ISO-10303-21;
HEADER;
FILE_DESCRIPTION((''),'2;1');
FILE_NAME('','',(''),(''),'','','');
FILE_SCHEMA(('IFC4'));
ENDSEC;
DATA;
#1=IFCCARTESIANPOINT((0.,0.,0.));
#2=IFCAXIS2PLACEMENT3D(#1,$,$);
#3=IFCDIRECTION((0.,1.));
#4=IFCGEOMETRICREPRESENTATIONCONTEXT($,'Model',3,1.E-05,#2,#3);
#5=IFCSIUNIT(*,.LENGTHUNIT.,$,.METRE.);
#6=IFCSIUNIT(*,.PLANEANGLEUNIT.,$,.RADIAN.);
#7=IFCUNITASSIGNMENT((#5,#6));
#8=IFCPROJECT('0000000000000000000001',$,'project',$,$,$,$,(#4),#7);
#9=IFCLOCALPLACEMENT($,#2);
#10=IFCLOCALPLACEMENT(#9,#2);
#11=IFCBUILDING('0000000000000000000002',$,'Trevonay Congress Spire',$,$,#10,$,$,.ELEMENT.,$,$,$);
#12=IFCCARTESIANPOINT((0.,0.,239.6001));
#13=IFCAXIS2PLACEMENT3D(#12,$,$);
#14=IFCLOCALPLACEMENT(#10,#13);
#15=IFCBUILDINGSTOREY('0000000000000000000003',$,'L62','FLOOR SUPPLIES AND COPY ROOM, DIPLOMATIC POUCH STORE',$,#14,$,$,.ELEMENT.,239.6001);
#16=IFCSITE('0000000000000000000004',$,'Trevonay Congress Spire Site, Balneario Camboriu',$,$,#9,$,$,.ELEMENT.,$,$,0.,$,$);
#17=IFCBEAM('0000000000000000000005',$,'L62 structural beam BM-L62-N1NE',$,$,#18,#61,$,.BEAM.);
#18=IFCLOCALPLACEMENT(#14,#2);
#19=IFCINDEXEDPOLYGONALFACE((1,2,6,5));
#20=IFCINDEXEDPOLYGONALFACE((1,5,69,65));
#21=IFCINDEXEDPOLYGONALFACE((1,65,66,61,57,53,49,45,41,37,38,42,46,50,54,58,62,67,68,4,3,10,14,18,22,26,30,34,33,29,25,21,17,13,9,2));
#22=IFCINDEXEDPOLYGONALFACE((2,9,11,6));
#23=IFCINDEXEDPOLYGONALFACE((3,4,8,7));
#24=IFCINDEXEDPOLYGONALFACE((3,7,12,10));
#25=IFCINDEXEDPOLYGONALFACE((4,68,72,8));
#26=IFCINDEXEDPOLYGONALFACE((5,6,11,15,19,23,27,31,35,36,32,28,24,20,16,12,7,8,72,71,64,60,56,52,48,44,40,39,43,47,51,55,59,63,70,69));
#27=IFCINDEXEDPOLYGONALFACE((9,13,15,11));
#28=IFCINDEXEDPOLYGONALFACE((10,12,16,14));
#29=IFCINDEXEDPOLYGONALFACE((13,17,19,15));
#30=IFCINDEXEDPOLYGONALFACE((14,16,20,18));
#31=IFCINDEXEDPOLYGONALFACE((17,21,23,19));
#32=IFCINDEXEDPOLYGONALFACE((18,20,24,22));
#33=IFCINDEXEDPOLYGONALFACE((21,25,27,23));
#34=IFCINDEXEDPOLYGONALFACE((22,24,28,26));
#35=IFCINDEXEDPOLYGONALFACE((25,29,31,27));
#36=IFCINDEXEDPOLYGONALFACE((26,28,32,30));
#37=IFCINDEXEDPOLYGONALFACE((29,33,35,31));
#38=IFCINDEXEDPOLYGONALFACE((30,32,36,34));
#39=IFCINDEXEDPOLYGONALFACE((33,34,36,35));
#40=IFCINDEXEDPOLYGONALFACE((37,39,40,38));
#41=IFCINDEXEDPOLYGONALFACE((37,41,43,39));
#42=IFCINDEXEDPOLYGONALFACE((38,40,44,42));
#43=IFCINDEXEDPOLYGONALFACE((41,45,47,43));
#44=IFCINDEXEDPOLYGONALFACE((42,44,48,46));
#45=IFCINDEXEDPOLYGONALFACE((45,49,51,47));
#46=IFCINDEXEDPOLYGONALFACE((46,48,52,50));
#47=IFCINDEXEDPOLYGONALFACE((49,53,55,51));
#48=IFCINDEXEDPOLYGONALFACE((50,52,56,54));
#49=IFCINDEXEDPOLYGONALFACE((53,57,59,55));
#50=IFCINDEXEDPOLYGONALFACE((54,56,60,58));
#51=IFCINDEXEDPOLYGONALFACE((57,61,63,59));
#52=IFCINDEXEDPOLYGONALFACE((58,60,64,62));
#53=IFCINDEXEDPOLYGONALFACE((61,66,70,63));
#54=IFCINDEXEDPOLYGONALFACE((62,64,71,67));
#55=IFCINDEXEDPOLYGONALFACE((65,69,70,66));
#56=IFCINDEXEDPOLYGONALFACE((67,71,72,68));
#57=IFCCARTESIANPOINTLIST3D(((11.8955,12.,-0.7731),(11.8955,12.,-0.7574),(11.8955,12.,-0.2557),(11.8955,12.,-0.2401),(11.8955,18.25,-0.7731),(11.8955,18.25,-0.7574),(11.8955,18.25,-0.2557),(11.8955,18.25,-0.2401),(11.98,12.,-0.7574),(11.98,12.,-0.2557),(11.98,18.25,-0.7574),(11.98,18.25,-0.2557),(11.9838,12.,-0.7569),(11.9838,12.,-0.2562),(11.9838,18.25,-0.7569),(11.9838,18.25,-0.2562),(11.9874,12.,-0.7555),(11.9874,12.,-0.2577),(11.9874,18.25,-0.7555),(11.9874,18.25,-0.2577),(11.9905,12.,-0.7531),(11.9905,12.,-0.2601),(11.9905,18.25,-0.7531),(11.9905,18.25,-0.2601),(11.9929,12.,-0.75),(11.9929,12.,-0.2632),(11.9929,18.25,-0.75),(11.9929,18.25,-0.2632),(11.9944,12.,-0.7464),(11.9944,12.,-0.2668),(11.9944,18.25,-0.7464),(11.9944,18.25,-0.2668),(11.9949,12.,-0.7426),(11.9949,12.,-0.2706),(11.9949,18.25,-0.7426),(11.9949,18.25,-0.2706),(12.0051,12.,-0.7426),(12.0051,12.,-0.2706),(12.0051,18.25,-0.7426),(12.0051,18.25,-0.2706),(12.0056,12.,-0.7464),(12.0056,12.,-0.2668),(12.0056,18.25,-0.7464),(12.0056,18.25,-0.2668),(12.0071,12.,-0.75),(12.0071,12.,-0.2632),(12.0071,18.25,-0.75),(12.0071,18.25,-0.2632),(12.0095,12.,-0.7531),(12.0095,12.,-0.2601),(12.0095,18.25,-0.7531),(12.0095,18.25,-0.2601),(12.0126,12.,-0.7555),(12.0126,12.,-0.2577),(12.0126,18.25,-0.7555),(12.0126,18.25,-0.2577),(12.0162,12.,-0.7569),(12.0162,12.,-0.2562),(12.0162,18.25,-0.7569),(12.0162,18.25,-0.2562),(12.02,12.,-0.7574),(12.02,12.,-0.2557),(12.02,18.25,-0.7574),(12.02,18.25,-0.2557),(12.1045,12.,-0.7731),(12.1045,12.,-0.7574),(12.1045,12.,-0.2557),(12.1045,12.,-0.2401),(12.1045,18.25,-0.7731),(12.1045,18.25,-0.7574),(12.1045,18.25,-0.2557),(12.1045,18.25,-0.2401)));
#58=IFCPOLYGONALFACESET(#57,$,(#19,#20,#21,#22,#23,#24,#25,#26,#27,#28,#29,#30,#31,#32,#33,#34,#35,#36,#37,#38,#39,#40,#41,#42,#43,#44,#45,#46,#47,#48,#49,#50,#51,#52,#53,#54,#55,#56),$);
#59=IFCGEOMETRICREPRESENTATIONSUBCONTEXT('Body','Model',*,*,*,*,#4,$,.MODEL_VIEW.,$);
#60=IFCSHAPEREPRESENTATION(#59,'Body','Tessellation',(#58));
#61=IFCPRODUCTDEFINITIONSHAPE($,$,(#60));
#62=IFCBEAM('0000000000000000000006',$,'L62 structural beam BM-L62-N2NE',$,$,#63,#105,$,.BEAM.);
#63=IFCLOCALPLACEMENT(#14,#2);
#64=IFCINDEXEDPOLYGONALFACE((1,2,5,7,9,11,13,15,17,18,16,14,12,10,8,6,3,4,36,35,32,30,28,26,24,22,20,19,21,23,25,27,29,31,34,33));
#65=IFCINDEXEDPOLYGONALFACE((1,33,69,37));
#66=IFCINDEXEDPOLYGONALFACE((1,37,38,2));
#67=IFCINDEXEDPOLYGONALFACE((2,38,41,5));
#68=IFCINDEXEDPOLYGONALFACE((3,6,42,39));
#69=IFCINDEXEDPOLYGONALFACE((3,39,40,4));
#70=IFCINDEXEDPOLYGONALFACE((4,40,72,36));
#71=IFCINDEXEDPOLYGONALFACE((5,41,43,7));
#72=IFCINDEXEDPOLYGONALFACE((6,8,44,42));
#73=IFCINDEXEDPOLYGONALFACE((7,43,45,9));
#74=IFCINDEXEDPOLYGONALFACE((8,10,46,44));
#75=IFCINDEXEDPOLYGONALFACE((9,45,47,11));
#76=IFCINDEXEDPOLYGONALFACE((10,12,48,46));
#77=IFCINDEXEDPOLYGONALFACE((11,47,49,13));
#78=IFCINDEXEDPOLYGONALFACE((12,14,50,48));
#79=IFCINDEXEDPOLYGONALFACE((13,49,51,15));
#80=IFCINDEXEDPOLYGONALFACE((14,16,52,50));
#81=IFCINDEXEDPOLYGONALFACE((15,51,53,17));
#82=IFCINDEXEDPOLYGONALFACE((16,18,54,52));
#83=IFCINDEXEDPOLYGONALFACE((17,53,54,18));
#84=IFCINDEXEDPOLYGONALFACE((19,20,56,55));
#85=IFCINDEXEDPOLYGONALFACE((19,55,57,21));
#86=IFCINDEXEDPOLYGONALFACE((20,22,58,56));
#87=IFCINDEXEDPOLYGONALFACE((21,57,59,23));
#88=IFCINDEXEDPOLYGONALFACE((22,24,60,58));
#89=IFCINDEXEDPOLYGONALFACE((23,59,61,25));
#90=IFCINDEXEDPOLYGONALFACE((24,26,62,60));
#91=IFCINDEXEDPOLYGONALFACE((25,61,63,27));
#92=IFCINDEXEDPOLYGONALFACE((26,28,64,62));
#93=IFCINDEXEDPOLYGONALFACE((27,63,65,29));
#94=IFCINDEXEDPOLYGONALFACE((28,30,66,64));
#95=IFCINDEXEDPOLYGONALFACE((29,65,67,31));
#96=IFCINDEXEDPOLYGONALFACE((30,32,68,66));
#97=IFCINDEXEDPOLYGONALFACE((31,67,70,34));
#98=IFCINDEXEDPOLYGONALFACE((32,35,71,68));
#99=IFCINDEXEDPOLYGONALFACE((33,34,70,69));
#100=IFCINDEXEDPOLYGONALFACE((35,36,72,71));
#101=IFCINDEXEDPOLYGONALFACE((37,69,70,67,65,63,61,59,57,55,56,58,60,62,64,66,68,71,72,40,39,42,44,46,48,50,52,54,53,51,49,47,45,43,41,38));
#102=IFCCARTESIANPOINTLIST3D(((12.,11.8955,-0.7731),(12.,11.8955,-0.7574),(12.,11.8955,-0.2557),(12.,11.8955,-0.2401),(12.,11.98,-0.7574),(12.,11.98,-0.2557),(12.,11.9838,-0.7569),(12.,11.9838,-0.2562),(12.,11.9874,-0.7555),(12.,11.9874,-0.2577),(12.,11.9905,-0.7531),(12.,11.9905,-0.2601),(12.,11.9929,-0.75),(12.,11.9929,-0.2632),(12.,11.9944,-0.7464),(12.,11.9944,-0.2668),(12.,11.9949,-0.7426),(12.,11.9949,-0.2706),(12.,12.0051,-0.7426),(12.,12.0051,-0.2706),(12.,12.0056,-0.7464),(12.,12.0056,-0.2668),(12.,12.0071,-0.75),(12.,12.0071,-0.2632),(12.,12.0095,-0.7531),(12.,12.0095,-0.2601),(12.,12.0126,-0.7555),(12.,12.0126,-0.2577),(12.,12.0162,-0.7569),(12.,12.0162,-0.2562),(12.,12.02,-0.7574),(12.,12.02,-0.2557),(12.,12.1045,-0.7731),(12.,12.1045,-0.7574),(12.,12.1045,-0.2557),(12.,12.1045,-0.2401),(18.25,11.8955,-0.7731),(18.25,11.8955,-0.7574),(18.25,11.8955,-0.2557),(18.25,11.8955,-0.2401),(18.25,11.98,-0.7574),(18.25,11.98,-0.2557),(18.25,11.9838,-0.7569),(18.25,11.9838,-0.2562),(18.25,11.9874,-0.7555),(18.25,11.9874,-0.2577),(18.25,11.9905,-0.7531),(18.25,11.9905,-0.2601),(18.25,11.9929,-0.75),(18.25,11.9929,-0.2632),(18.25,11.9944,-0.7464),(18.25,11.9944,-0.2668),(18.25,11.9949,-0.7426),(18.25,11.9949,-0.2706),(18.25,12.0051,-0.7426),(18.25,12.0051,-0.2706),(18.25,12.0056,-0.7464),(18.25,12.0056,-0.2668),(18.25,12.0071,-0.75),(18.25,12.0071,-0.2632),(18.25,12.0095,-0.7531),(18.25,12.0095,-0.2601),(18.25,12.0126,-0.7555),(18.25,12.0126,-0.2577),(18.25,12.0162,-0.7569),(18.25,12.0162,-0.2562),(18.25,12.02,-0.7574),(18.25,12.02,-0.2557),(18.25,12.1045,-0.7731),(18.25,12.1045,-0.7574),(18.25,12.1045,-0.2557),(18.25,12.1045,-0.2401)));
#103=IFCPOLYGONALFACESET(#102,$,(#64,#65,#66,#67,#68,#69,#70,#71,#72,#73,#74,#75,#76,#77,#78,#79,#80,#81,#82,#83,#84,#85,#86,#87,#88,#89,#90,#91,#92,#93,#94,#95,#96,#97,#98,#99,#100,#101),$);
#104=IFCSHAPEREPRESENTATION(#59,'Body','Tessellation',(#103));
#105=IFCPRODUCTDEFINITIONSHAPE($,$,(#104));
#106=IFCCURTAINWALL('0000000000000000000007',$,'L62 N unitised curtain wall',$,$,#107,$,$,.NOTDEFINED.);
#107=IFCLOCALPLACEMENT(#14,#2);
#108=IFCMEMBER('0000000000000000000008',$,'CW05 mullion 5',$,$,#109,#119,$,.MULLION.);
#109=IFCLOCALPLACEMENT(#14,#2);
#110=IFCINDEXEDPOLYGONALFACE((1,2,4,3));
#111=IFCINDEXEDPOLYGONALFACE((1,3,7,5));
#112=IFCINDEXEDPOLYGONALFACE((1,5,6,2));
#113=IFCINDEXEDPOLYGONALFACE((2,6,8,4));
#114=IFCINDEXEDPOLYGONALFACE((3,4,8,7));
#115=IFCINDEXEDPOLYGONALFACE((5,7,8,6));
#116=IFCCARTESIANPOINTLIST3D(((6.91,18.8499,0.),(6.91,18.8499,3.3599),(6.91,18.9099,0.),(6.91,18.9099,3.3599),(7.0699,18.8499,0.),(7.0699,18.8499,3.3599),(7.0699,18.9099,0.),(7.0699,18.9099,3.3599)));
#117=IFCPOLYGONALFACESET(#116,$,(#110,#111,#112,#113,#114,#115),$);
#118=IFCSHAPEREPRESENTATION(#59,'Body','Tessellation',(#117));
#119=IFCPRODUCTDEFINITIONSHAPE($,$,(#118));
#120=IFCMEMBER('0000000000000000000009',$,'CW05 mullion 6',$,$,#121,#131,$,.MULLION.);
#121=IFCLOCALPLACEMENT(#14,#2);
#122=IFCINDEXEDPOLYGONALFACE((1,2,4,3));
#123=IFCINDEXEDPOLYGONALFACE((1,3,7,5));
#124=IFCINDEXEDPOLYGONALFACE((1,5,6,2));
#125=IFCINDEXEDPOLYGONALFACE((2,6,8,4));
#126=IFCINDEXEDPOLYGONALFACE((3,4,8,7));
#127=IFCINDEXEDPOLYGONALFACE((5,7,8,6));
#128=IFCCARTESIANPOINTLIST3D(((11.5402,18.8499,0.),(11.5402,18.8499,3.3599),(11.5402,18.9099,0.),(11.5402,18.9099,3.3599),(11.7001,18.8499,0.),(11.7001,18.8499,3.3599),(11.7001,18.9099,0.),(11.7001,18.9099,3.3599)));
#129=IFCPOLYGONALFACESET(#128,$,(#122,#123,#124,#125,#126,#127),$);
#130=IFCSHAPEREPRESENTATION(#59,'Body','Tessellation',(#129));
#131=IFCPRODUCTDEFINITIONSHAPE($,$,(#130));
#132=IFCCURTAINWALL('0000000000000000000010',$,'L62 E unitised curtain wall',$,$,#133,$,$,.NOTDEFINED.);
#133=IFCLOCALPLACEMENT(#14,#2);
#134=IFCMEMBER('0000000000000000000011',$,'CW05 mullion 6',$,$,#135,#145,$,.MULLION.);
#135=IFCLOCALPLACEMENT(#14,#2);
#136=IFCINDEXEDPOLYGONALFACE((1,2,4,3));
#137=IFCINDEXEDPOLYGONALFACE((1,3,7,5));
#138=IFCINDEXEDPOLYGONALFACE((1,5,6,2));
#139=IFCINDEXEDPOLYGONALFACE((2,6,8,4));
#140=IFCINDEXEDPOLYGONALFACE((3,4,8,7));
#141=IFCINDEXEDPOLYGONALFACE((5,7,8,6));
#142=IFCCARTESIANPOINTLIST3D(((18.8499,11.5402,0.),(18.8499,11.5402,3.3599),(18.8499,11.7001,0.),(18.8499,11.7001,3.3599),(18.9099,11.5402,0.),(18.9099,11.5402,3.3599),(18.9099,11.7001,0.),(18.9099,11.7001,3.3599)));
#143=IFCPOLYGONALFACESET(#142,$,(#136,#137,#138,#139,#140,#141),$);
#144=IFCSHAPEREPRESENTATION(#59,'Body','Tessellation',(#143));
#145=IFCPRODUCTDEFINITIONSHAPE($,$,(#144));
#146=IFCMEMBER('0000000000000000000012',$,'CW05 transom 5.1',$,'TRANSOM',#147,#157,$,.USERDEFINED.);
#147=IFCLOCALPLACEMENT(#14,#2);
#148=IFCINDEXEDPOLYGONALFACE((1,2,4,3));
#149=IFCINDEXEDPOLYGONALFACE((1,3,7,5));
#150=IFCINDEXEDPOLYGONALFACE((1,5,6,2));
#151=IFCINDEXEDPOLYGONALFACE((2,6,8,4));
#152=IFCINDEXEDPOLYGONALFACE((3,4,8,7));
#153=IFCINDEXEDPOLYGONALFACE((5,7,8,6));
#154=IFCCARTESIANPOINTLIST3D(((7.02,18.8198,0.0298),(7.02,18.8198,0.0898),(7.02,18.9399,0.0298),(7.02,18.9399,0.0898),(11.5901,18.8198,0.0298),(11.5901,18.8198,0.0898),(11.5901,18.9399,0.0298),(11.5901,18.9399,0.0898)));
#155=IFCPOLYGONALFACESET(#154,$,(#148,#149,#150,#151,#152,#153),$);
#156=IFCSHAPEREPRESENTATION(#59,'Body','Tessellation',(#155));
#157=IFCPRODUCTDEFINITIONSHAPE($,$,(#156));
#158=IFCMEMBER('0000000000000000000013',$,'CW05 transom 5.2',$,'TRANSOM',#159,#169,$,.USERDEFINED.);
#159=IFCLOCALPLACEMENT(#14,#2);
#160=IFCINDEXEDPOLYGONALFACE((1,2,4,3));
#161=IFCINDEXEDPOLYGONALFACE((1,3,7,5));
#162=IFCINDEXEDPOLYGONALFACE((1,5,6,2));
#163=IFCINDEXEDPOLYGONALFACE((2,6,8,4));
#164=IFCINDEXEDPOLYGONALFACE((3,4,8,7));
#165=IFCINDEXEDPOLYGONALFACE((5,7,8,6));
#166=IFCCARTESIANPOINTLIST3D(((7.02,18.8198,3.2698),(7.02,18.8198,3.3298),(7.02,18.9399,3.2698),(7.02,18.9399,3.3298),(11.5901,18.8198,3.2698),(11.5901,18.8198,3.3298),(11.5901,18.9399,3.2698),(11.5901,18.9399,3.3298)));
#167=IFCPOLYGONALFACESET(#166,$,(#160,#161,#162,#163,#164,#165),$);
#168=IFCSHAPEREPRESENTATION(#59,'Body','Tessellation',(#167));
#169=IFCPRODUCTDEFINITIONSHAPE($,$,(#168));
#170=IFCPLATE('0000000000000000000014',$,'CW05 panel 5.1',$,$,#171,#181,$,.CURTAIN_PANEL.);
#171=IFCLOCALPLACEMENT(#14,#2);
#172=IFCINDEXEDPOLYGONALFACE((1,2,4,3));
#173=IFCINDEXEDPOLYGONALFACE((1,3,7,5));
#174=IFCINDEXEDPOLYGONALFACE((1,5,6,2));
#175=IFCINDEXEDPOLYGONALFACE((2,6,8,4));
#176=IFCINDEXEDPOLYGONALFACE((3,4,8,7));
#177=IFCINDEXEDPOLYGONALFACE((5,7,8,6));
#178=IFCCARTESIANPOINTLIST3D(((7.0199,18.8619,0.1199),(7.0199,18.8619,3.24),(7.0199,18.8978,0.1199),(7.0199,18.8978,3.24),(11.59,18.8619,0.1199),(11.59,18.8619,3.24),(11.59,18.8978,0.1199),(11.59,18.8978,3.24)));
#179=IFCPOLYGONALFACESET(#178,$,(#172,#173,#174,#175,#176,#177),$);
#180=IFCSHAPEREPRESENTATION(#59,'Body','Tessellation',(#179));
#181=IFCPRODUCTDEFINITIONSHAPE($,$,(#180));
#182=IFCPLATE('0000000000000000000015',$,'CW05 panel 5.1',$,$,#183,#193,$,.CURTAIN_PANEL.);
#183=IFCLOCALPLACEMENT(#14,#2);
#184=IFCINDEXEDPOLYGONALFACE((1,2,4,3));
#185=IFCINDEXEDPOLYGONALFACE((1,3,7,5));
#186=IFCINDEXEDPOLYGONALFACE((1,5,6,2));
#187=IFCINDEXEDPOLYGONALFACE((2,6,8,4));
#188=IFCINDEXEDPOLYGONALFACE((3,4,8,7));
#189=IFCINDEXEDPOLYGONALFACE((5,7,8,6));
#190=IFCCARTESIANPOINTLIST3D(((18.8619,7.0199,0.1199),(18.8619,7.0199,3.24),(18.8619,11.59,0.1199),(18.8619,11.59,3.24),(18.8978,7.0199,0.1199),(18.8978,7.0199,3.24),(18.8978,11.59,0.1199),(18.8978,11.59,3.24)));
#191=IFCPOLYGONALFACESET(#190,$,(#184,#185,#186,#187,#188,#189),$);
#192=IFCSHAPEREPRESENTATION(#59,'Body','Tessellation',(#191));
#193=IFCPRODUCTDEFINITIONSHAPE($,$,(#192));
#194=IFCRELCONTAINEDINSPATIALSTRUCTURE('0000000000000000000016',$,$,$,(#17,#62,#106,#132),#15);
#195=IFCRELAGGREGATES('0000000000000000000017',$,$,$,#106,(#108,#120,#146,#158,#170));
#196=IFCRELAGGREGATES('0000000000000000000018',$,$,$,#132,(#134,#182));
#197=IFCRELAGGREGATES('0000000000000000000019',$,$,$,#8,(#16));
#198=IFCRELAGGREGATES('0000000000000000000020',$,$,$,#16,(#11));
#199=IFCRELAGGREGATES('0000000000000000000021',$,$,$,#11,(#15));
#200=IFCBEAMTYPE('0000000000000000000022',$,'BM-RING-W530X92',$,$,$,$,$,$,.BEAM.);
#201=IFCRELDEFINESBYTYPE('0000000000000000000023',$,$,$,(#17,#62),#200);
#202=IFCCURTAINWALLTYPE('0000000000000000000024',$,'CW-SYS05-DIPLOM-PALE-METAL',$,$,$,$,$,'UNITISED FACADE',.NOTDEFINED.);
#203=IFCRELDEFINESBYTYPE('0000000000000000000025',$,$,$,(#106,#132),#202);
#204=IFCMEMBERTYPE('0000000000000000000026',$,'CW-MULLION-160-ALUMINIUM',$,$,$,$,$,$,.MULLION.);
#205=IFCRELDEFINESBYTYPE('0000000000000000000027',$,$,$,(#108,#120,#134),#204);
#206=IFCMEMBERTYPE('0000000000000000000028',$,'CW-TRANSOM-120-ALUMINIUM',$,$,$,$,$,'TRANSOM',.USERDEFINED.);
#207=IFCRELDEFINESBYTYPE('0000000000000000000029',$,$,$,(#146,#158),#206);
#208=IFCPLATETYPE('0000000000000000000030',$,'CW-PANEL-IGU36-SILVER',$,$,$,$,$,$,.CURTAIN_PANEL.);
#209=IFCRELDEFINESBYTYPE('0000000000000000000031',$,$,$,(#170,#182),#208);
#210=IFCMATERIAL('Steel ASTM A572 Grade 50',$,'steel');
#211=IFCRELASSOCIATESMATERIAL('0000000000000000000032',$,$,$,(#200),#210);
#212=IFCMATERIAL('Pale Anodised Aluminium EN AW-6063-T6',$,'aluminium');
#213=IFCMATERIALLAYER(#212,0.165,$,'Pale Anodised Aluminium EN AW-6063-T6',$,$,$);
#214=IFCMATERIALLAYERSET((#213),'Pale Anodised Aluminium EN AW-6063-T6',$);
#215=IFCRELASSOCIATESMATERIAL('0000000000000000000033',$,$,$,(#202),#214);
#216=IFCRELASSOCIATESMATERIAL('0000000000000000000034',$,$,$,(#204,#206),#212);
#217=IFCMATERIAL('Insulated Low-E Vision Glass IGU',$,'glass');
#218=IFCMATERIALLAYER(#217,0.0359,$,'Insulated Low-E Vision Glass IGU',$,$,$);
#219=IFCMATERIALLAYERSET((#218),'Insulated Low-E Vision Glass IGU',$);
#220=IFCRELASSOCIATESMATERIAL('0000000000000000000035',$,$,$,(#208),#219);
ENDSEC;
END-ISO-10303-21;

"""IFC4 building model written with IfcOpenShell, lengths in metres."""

from ifc_helpers import new_model, si_unit, direction, frame, origin, origin_2d, place, context, subcontext, project, spatial, rectangle, i_section, extrude, material, layer, layer_set, material_profile, profile_set, type_object, element, aggregate, save


model = new_model("IFC4")

# Units and contexts
model_context = context("Model", 3, precision=1e-05, world=origin(), true_north=direction((0.0, 1.0)))
body_context = subcontext(model_context, "Body", "Model", "MODEL_VIEW")
ifc_project = project(units=[si_unit("LENGTHUNIT", "METRE"), si_unit("PLANEANGLEUNIT", "RADIAN")], contexts=[model_context])

# Site, building, storey
site_placement = place(None, origin())
site = spatial("IfcSite", under=ifc_project, at=site_placement, Name="Trevonay Congress Spire Site, Balneario Camboriu", CompositionType="ELEMENT", RefElevation=0.0)
building_placement = place(site_placement, origin())
building = spatial("IfcBuilding", under=site, at=building_placement, Name="Trevonay Congress Spire", CompositionType="ELEMENT")
storey_placement = place(building_placement, frame((0.0, 0.0, 239.6001)))
storey = spatial("IfcBuildingStorey", under=building, at=storey_placement, Name="L62", Description="FLOOR SUPPLIES AND COPY ROOM, DIPLOMATIC POUCH STORE", CompositionType="ELEMENT", Elevation=239.6001)

# Shared definitions
ifc_material_1 = material(Name="Steel ASTM A572 Grade 50", Category="steel")

# Beams
ifc_material_profile_1 = material_profile(ifc_material_1, i_section(OverallWidth=0.209, OverallDepth=0.533, WebThickness=0.0103, FlangeThickness=0.0156, FilletRadius=0.0149, at=origin_2d()), Name="W530x92")
ifc_profile_set_1 = profile_set([ifc_material_profile_1], Name="Steel ASTM A572 Grade 50")
beam_type_1 = type_object("IfcBeamType", Name="BM-RING-W530X92", PredefinedType="BEAM", material=ifc_profile_set_1)
for number, where, z_axis, x_axis, name in (
    (1, (12.0, 18.25, -0.5066), (0.0, -1.0, 0.0), (1.0, 0.0, 0.0), "L62 structural beam BM-L62-N1NE"),
    (2, (18.25, 12.0, -0.5066), (-1.0, 0.0, 0.0), (0.0, -1.0, 0.0), "L62 structural beam BM-L62-N2NE"),
):
    element("IfcBeam", number, at=place(storey_placement, frame(where, z_axis=z_axis, x_axis=x_axis)), inside=storey, type_object=beam_type_1, Name=name, PredefinedType="BEAM", context=body_context, shape_type="SweptSolid", body=[
        extrude(i_section(OverallWidth=0.209, OverallDepth=0.533, WebThickness=0.0103, FlangeThickness=0.0156, FilletRadius=0.0149, at=origin_2d()), origin(), (0.0, 0.0, 1.0), 6.25),
    ])

# Curtain wall, members
ifc_material_2 = material(Name="Pale Anodised Aluminium EN AW-6063-T6", Category="aluminium")
ifc_layer_1 = layer(ifc_material_2, 0.165, Name="Pale Anodised Aluminium EN AW-6063-T6")
ifc_layer_set_1 = layer_set([ifc_layer_1], Name="Pale Anodised Aluminium EN AW-6063-T6")
curtain_wall_type = type_object("IfcCurtainWallType", Name="CW-SYS05-DIPLOM-PALE-METAL", ElementType="UNITISED FACADE", PredefinedType="NOTDEFINED", material=ifc_layer_set_1)
curtain_wall_1_placement = place(storey_placement, origin())
curtain_wall_1 = element("IfcCurtainWall", 3, at=curtain_wall_1_placement, inside=storey, type_object=curtain_wall_type, Name="L62 N unitised curtain wall", PredefinedType="NOTDEFINED")
ifc_material_profile_2 = material_profile(ifc_material_2, rectangle(XDim=0.0601, YDim=0.1599, at=origin_2d()), Name="CW-MULLION-160-ALUMINIUM")
ifc_profile_set_2 = profile_set([ifc_material_profile_2], Name="Pale Anodised Aluminium EN AW-6063-T6")
member_type_1 = type_object("IfcMemberType", Name="CW-MULLION-160-ALUMINIUM", PredefinedType="MULLION", material=ifc_profile_set_2)
member_1_placement = place(storey_placement, frame((6.99, 18.8799, 0.0), z_axis=(0.0, 0.0, 1.0), x_axis=(0.0, 1.0, 0.0)))
member_1 = element("IfcMember", 4, at=member_1_placement, type_object=member_type_1, Name="CW05 mullion 5", PredefinedType="MULLION", context=body_context, shape_type="SweptSolid", body=[
    extrude(rectangle(XDim=0.0601, YDim=0.1599, at=origin_2d()), origin(), (0.0, 0.0, 1.0), 3.3599),
])
member_2_placement = place(storey_placement, frame((11.6201, 18.8799, 0.0), z_axis=(0.0, 0.0, 1.0), x_axis=(0.0, 1.0, 0.0)))
member_2 = element("IfcMember", 5, at=member_2_placement, type_object=member_type_1, Name="CW05 mullion 6", PredefinedType="MULLION", context=body_context, shape_type="SweptSolid", body=[
    extrude(rectangle(XDim=0.0601, YDim=0.1599, at=origin_2d()), origin(), (0.0, 0.0, 1.0), 3.3599),
])

# Curtain wall, member
curtain_wall_2_placement = place(storey_placement, origin())
curtain_wall_2 = element("IfcCurtainWall", 6, at=curtain_wall_2_placement, inside=storey, type_object=curtain_wall_type, Name="L62 E unitised curtain wall", PredefinedType="NOTDEFINED")
member_3_placement = place(storey_placement, frame((18.8799, 11.6201, 0.0), z_axis=(0.0, 0.0, 1.0), x_axis=(-1.0, 0.0, 0.0)))
member_3 = element("IfcMember", 7, at=member_3_placement, type_object=member_type_1, Name="CW05 mullion 6", PredefinedType="MULLION", context=body_context, shape_type="SweptSolid", body=[
    extrude(rectangle(XDim=0.0601, YDim=0.1599, at=origin_2d()), origin(), (0.0, 0.0, 1.0), 3.3599),
])

# Members
ifc_material_profile_3 = material_profile(ifc_material_2, rectangle(XDim=0.1201, YDim=0.0601, at=origin_2d()), Name="CW-TRANSOM-120-ALUMINIUM")
ifc_profile_set_3 = profile_set([ifc_material_profile_3], Name="Pale Anodised Aluminium EN AW-6063-T6")
member_type_2 = type_object("IfcMemberType", Name="CW-TRANSOM-120-ALUMINIUM", ElementType="TRANSOM", PredefinedType="USERDEFINED", material=ifc_profile_set_3)
member_4_placement = place(storey_placement, frame((7.02, 18.8799, 0.0598), z_axis=(1.0, 0.0, 0.0), x_axis=(0.0, 1.0, 0.0)))
member_4 = element("IfcMember", 8, at=member_4_placement, type_object=member_type_2, Name="CW05 transom 5.1", ObjectType="TRANSOM", PredefinedType="USERDEFINED", context=body_context, shape_type="SweptSolid", body=[
    extrude(rectangle(XDim=0.1201, YDim=0.0601, at=origin_2d()), origin(), (0.0, 0.0, 1.0), 4.5701),
])
member_5_placement = place(storey_placement, frame((7.02, 18.8799, 3.2998), z_axis=(1.0, 0.0, 0.0), x_axis=(0.0, 1.0, 0.0)))
member_5 = element("IfcMember", 9, at=member_5_placement, type_object=member_type_2, Name="CW05 transom 5.2", ObjectType="TRANSOM", PredefinedType="USERDEFINED", context=body_context, shape_type="SweptSolid", body=[
    extrude(rectangle(XDim=0.1201, YDim=0.0601, at=origin_2d()), origin(), (0.0, 0.0, 1.0), 4.5701),
])

# Plates
ifc_material_3 = material(Name="Insulated Low-E Vision Glass IGU", Category="glass")
ifc_layer_2 = layer(ifc_material_3, 0.0359, Name="Insulated Low-E Vision Glass IGU")
ifc_layer_set_2 = layer_set([ifc_layer_2], Name="Insulated Low-E Vision Glass IGU")
plate_type = type_object("IfcPlateType", Name="CW-PANEL-IGU36-SILVER", PredefinedType="CURTAIN_PANEL", material=ifc_layer_set_2)
plate_1_placement = place(storey_placement, frame((9.3049, 18.8799, 0.1199), z_axis=(0.0, 0.0, 1.0), x_axis=(1.0, 0.0, 0.0)))
plate_1 = element("IfcPlate", 10, at=plate_1_placement, type_object=plate_type, Name="CW05 panel 5.1", PredefinedType="CURTAIN_PANEL", context=body_context, shape_type="SweptSolid", body=[
    extrude(rectangle(XDim=4.5701, YDim=0.0359, at=origin_2d()), origin(), (0.0, 0.0, 1.0), 3.1201),
])
aggregate(curtain_wall_1, [member_1, member_2, member_4, member_5, plate_1])
plate_2_placement = place(storey_placement, frame((18.8799, 9.3049, 0.1199), z_axis=(0.0, 0.0, 1.0), x_axis=(0.0, 1.0, 0.0)))
plate_2 = element("IfcPlate", 11, at=plate_2_placement, type_object=plate_type, Name="CW05 panel 5.1", PredefinedType="CURTAIN_PANEL", context=body_context, shape_type="SweptSolid", body=[
    extrude(rectangle(XDim=4.5701, YDim=0.0359, at=origin_2d()), origin(), (0.0, 0.0, 1.0), 3.1201),
])
aggregate(curtain_wall_2, [member_3, plate_2])

save(model, "model.ifc")
